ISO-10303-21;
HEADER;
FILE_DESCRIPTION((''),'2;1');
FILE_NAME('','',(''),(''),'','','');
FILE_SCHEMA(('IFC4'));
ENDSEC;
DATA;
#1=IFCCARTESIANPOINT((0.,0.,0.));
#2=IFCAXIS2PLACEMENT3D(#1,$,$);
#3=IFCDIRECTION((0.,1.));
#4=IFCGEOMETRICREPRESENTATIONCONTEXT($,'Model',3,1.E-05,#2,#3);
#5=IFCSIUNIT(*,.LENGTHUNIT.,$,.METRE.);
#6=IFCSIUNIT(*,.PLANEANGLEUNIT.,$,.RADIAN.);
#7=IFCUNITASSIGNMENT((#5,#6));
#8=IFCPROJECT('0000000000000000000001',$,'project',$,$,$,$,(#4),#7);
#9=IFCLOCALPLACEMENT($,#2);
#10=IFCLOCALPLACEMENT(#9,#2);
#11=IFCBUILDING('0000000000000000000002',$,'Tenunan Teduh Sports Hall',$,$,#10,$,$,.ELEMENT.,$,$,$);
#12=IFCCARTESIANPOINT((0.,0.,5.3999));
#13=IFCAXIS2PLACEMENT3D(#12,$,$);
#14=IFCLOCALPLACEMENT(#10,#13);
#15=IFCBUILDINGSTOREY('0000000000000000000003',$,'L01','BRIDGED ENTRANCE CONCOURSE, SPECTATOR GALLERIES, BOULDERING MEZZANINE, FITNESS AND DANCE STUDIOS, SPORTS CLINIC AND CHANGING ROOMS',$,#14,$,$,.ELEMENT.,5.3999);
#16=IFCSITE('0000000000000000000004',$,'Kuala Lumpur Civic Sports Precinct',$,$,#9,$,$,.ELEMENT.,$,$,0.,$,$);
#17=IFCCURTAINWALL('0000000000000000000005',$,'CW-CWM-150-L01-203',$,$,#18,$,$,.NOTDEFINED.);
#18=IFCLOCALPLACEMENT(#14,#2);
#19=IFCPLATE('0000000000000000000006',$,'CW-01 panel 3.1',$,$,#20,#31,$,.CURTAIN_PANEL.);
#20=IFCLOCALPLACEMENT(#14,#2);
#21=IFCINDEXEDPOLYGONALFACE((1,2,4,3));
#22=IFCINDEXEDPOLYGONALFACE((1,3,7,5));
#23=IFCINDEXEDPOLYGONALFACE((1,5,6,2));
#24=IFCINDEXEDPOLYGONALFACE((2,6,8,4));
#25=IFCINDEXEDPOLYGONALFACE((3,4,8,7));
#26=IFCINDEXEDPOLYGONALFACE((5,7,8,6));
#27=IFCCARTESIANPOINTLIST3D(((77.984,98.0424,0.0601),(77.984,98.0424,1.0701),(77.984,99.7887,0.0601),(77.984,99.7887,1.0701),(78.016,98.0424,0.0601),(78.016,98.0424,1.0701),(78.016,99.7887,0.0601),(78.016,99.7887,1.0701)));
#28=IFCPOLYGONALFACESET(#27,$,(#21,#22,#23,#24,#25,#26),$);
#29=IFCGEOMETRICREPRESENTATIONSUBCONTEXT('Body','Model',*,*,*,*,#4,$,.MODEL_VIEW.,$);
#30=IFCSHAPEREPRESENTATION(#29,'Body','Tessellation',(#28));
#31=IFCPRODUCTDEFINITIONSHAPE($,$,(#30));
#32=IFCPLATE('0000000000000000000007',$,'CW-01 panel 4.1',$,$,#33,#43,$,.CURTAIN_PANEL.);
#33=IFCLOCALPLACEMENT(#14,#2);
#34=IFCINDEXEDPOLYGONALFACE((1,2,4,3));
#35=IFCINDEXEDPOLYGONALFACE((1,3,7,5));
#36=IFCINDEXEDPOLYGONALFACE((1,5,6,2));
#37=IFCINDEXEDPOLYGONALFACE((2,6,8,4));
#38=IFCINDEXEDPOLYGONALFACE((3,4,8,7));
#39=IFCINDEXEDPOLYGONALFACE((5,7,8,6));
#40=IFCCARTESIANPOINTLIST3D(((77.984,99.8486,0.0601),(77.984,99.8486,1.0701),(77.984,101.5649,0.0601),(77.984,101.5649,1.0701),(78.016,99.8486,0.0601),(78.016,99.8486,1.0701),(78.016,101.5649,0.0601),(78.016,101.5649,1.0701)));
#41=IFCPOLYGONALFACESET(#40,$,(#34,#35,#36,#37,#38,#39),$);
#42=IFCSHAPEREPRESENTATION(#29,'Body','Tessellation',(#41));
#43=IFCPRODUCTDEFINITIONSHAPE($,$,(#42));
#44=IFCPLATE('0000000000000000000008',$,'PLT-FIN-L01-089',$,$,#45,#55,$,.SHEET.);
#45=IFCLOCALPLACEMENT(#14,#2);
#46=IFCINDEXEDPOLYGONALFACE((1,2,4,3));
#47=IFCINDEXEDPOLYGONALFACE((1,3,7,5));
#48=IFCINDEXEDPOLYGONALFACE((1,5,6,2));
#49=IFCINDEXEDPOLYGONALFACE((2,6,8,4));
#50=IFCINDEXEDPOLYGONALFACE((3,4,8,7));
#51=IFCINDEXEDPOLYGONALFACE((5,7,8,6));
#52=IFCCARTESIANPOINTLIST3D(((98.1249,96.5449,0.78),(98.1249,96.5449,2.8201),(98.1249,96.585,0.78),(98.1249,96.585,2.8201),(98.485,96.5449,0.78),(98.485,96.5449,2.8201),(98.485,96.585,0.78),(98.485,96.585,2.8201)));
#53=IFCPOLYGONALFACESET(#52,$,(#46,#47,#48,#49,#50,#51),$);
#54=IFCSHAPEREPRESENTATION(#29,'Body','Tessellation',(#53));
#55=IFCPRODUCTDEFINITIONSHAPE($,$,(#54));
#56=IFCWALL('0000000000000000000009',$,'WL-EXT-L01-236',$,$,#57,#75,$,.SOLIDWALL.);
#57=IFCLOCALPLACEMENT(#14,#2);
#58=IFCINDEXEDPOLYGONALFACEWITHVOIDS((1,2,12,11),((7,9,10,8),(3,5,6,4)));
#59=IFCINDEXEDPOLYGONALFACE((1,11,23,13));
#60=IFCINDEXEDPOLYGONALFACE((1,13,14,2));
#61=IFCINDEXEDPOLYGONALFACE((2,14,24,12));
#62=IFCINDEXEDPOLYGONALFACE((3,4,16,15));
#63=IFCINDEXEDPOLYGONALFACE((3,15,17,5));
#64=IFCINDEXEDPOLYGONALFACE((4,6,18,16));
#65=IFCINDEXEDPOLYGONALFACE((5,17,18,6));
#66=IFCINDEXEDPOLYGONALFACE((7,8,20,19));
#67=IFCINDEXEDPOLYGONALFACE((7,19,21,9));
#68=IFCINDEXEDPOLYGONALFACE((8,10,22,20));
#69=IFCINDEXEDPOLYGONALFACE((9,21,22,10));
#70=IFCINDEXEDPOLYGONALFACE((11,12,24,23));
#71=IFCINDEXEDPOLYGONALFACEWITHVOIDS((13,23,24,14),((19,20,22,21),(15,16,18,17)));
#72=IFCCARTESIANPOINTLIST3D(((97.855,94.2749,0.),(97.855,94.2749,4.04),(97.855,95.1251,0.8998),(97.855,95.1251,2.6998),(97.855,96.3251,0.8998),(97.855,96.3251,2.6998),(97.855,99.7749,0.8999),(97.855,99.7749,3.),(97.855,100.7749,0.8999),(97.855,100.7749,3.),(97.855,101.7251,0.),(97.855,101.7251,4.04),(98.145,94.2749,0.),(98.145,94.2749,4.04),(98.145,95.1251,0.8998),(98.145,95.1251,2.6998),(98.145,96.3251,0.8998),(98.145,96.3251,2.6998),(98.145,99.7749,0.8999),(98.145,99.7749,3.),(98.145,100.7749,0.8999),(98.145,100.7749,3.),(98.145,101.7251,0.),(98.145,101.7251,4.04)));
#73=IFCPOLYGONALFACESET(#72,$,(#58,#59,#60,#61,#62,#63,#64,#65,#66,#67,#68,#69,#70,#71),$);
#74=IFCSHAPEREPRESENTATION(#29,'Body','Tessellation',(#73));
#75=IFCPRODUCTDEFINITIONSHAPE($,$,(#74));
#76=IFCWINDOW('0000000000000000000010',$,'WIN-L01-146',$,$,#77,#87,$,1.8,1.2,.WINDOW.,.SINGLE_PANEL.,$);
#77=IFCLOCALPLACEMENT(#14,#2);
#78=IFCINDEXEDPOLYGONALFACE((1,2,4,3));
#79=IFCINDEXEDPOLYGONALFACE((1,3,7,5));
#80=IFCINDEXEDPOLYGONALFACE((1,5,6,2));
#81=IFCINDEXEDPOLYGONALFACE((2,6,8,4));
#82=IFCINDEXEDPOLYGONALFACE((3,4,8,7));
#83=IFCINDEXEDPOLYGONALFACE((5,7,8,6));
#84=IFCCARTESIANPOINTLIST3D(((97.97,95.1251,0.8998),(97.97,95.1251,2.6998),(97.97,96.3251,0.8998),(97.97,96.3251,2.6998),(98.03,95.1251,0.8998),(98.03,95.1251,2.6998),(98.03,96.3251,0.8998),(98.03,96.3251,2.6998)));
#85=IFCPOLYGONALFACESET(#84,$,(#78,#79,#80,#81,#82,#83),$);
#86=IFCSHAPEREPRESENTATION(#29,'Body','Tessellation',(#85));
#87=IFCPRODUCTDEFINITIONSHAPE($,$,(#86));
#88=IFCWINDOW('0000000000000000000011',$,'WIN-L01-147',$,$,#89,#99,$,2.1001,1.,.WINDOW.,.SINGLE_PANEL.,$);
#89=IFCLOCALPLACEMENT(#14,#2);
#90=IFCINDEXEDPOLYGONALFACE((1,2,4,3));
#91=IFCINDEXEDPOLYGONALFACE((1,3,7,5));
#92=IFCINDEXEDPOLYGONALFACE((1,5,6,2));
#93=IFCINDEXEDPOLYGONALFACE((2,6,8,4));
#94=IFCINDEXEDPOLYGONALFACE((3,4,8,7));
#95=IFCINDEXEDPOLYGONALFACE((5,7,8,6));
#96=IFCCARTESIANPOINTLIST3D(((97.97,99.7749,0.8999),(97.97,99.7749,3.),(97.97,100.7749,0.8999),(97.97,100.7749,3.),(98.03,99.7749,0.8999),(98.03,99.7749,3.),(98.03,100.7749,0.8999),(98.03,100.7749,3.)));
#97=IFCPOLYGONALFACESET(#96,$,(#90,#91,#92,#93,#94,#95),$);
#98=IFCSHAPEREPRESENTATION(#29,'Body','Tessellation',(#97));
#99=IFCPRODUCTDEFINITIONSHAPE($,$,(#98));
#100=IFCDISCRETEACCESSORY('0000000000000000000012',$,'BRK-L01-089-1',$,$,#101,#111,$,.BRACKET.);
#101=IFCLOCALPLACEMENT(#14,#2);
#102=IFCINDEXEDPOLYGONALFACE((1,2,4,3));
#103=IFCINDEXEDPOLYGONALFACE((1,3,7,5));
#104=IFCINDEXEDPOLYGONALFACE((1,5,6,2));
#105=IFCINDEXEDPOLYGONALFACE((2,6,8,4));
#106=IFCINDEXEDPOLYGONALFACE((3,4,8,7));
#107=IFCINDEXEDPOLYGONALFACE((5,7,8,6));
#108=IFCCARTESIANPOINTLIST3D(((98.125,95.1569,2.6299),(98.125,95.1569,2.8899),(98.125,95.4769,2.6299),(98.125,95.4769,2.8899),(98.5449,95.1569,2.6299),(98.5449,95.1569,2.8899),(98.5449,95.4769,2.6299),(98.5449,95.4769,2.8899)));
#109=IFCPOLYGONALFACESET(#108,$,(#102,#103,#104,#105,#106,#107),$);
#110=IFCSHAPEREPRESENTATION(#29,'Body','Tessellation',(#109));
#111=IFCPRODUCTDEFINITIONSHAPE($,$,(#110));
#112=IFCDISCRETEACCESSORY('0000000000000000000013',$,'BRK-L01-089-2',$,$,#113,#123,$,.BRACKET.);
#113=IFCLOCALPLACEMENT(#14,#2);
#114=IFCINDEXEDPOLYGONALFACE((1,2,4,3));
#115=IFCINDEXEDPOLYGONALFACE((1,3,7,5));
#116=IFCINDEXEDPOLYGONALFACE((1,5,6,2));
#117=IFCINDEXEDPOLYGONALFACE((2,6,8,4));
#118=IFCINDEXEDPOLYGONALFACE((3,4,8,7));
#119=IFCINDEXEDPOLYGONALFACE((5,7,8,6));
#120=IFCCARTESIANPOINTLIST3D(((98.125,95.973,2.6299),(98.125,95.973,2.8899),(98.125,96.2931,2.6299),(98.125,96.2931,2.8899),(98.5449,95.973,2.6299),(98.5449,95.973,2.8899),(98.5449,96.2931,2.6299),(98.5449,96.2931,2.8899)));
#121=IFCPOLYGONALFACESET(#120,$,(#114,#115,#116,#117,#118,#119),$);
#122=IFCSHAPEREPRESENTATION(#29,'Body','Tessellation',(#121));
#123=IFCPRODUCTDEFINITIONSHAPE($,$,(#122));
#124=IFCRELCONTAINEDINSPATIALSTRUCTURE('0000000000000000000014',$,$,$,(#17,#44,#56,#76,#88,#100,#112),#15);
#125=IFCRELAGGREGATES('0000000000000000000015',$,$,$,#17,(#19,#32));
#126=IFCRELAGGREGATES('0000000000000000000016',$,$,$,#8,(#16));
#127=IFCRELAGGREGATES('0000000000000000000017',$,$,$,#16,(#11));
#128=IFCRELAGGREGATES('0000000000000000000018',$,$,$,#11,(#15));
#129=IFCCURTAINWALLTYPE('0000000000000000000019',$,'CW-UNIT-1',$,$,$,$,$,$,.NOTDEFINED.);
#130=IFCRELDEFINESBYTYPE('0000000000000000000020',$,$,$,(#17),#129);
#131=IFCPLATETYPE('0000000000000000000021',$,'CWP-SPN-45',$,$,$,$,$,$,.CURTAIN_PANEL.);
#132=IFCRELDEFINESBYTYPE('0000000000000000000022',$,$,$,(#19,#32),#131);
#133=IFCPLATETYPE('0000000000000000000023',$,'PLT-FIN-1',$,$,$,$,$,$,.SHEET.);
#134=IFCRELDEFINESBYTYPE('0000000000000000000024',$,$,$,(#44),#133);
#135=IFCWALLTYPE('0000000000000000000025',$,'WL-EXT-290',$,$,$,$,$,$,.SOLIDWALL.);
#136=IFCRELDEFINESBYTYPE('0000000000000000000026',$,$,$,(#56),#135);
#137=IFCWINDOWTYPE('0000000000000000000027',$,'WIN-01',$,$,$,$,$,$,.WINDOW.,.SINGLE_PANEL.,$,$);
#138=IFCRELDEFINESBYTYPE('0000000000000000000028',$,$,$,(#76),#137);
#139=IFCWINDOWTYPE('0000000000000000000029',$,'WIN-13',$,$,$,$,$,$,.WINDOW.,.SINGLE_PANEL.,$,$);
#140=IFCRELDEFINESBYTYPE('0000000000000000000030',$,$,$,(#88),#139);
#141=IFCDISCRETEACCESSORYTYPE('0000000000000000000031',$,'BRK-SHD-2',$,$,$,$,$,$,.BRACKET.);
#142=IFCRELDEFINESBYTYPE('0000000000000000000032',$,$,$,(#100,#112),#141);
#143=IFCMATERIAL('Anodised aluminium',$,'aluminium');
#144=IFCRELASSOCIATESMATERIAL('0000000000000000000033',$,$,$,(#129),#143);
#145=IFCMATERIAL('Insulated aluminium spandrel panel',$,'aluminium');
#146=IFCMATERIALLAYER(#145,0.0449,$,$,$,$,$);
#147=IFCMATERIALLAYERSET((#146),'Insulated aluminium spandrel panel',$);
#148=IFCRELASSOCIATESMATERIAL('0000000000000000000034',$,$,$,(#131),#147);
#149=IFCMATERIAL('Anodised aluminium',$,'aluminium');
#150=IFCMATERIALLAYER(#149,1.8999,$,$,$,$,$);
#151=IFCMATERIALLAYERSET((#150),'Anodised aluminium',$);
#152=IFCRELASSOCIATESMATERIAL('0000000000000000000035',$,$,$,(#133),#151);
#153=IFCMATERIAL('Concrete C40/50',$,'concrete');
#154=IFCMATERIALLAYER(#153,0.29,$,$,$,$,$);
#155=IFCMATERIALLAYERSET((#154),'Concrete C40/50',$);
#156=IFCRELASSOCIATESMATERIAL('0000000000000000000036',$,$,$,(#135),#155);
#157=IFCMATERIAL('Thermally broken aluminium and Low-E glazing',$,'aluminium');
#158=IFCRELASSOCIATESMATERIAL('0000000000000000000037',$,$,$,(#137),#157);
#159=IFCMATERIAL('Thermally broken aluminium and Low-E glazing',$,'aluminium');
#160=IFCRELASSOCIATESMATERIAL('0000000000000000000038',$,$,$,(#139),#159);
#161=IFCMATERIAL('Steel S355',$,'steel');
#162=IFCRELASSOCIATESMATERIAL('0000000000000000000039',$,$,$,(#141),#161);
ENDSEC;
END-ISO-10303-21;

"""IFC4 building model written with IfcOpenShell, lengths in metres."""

from ifc_helpers import new_model, si_unit, direction, frame, frame_2d, origin, origin_2d, place, context, subcontext, project, spatial, rectangle, extrude, material, layer, layer_set, type_object, element, fill, aggregate, save


model = new_model("IFC4")

# Units and contexts
model_context = context("Model", 3, precision=1e-05, world=origin(), true_north=direction((0.0, 1.0)))
body_context = subcontext(model_context, "Body", "Model", "MODEL_VIEW")
ifc_project = project(units=[si_unit("LENGTHUNIT", "METRE"), si_unit("PLANEANGLEUNIT", "RADIAN")], contexts=[model_context])

# Site, building, storey
site_placement = place(None, origin())
site = spatial("IfcSite", under=ifc_project, at=site_placement, Name="Kuala Lumpur Civic Sports Precinct", CompositionType="ELEMENT", RefElevation=0.0)
building_placement = place(site_placement, origin())
building = spatial("IfcBuilding", under=site, at=building_placement, Name="Tenunan Teduh Sports Hall", CompositionType="ELEMENT")
storey_placement = place(building_placement, frame((0.0, 0.0, 5.3999)))
storey = spatial("IfcBuildingStorey", under=building, at=storey_placement, Name="L01", Description="BRIDGED ENTRANCE CONCOURSE, SPECTATOR GALLERIES, BOULDERING MEZZANINE, FITNESS AND DANCE STUDIOS, SPORTS CLINIC AND CHANGING ROOMS", CompositionType="ELEMENT", Elevation=5.3999)

# Curtain wall
ifc_material_1 = material(Name="Anodised aluminium", Category="aluminium")
curtain_wall_type = type_object("IfcCurtainWallType", Name="CW-UNIT-1", PredefinedType="NOTDEFINED", material=ifc_material_1)
curtain_wall_1_placement = place(storey_placement, origin())
curtain_wall_1 = element("IfcCurtainWall", 1, at=curtain_wall_1_placement, inside=storey, type_object=curtain_wall_type, Name="CW-CWM-150-L01-203", PredefinedType="NOTDEFINED")

# Plates
ifc_material_2 = material(Name="Insulated aluminium spandrel panel", Category="aluminium")
ifc_layer_1 = layer(ifc_material_2, 0.0449)
ifc_layer_set_1 = layer_set([ifc_layer_1], Name="Insulated aluminium spandrel panel")
plate_type_1 = type_object("IfcPlateType", Name="CWP-SPN-45", PredefinedType="CURTAIN_PANEL", material=ifc_layer_set_1)
plate_1_placement = place(storey_placement, frame((78.0, 98.9155, 0.0601), z_axis=(0.0, 0.0, 1.0), x_axis=(0.0, 1.0, 0.0)))
plate_1 = element("IfcPlate", 2, at=plate_1_placement, type_object=plate_type_1, Name="CW-01 panel 3.1", PredefinedType="CURTAIN_PANEL", context=body_context, shape_type="SweptSolid", body=[
    extrude(rectangle(XDim=1.7463, YDim=0.032, at=origin_2d()), origin(), (0.0, 0.0, 1.0), 1.01),
])
plate_2_placement = place(storey_placement, frame((78.0, 100.7068, 0.0601), z_axis=(0.0, 0.0, 1.0), x_axis=(0.0, 1.0, 0.0)))
plate_2 = element("IfcPlate", 3, at=plate_2_placement, type_object=plate_type_1, Name="CW-01 panel 4.1", PredefinedType="CURTAIN_PANEL", context=body_context, shape_type="SweptSolid", body=[
    extrude(rectangle(XDim=1.7163, YDim=0.032, at=origin_2d()), origin(), (0.0, 0.0, 1.0), 1.01),
])
aggregate(curtain_wall_1, [plate_1, plate_2])
ifc_material_3 = material(Name="Anodised aluminium", Category="aluminium")
ifc_layer_2 = layer(ifc_material_3, 1.8999)
ifc_layer_set_2 = layer_set([ifc_layer_2], Name="Anodised aluminium")
plate_type_2 = type_object("IfcPlateType", Name="PLT-FIN-1", PredefinedType="SHEET", material=ifc_layer_set_2)
plate_3_placement = place(storey_placement, frame((98.3049, 96.5649, 0.78), z_axis=(0.0, 0.0, 1.0), x_axis=(0.0, 1.0, 0.0)))
element("IfcPlate", 4, at=plate_3_placement, inside=storey, type_object=plate_type_2, Name="PLT-FIN-L01-089", PredefinedType="SHEET", context=body_context, shape_type="SweptSolid", body=[
    extrude(rectangle(XDim=0.04, YDim=0.3601, at=origin_2d()), origin(), (0.0, 0.0, 1.0), 2.04),
])

# Wall, openings, windows
ifc_material_4 = material(Name="Concrete C40/50", Category="concrete")
ifc_layer_3 = layer(ifc_material_4, 0.29)
ifc_layer_set_3 = layer_set([ifc_layer_3], Name="Concrete C40/50")
wall_type = type_object("IfcWallType", Name="WL-EXT-290", PredefinedType="SOLIDWALL", material=ifc_layer_set_3)
wall_placement = place(storey_placement, frame((98.0, 94.2749, 0.0), z_axis=(0.0, 0.0, 1.0), x_axis=(0.0, 1.0, 0.0)))
wall = element("IfcWall", 5, at=wall_placement, inside=storey, type_object=wall_type, Name="WL-EXT-L01-236", PredefinedType="SOLIDWALL", context=body_context, shape_type="SweptSolid", body=[
    extrude(rectangle(XDim=7.4502, YDim=0.29, at=frame_2d((3.7251, 0.0))), origin(), (0.0, 0.0, 1.0), 4.04),
])
opening_1_placement = place(wall_placement, frame((0.8501, 0.0, 0.8999)))
opening_1 = element("IfcOpeningElement", 6, at=opening_1_placement, cuts=wall, PredefinedType="OPENING", context=body_context, shape_type="SweptSolid", body=[
    extrude(rectangle(XDim=1.2, YDim=1.8, at=frame_2d((0.6001, 0.8999))), frame((0.0, 0.155, 0.0), z_axis=(0.0, -1.0, 0.0), x_axis=(1.0, 0.0, 0.0)), (0.0, 0.0, 1.0), 0.3101),
])
opening_2_placement = place(wall_placement, frame((5.5, 0.0, 0.8999)))
opening_2 = element("IfcOpeningElement", 7, at=opening_2_placement, cuts=wall, PredefinedType="OPENING", context=body_context, shape_type="SweptSolid", body=[
    extrude(rectangle(XDim=1.0, YDim=2.1001, at=frame_2d((0.5, 1.05))), frame((0.0, 0.155, 0.0), z_axis=(0.0, -1.0, 0.0), x_axis=(1.0, 0.0, 0.0)), (0.0, 0.0, 1.0), 0.3101),
])
ifc_material_5 = material(Name="Thermally broken aluminium and Low-E glazing", Category="aluminium")
window_type_1 = type_object("IfcWindowType", Name="WIN-01", PartitioningType="SINGLE_PANEL", PredefinedType="WINDOW", material=ifc_material_5)
window_1_placement = place(opening_1_placement, origin())
window_1 = element("IfcWindow", 8, at=window_1_placement, inside=storey, type_object=window_type_1, Name="WIN-L01-146", OverallHeight=1.8, OverallWidth=1.2, PartitioningType="SINGLE_PANEL", PredefinedType="WINDOW", context=body_context, shape_type="SweptSolid", body=[
    extrude(rectangle(XDim=1.2, YDim=1.8, at=frame_2d((0.6001, 0.8999))), frame((0.0, 0.03, 0.0), z_axis=(0.0, -1.0, 0.0), x_axis=(1.0, 0.0, 0.0)), (0.0, 0.0, 1.0), 0.0601),
])
fill(opening_1, window_1)
ifc_material_6 = material(Name="Thermally broken aluminium and Low-E glazing", Category="aluminium")
window_type_2 = type_object("IfcWindowType", Name="WIN-13", PartitioningType="SINGLE_PANEL", PredefinedType="WINDOW", material=ifc_material_6)
window_2_placement = place(opening_2_placement, origin())
window_2 = element("IfcWindow", 9, at=window_2_placement, inside=storey, type_object=window_type_2, Name="WIN-L01-147", OverallHeight=2.1001, OverallWidth=1.0, PartitioningType="SINGLE_PANEL", PredefinedType="WINDOW", context=body_context, shape_type="SweptSolid", body=[
    extrude(rectangle(XDim=1.0, YDim=2.1001, at=frame_2d((0.5, 1.05))), frame((0.0, 0.03, 0.0), z_axis=(0.0, -1.0, 0.0), x_axis=(1.0, 0.0, 0.0)), (0.0, 0.0, 1.0), 0.0601),
])
fill(opening_2, window_2)

# Discrete accessories
ifc_material_7 = material(Name="Steel S355", Category="steel")
discrete_accessory_type = type_object("IfcDiscreteAccessoryType", Name="BRK-SHD-2", PredefinedType="BRACKET", material=ifc_material_7)
for number, where, z_axis, x_axis, name in (
    (10, (98.335, 95.3169, 2.6299), (0.0, 0.0, 1.0), (0.0, 1.0, 0.0), "BRK-L01-089-1"),
    (11, (98.335, 96.1331, 2.6299), (0.0, 0.0, 1.0), (0.0, 1.0, 0.0), "BRK-L01-089-2"),
):
    element("IfcDiscreteAccessory", number, at=place(storey_placement, frame(where, z_axis=z_axis, x_axis=x_axis)), inside=storey, type_object=discrete_accessory_type, Name=name, PredefinedType="BRACKET", context=body_context, shape_type="SweptSolid", body=[
        extrude(rectangle(XDim=0.3201, YDim=0.4199, at=origin_2d()), origin(), (0.0, 0.0, 1.0), 0.26),
    ])

save(model, "model.ifc")
